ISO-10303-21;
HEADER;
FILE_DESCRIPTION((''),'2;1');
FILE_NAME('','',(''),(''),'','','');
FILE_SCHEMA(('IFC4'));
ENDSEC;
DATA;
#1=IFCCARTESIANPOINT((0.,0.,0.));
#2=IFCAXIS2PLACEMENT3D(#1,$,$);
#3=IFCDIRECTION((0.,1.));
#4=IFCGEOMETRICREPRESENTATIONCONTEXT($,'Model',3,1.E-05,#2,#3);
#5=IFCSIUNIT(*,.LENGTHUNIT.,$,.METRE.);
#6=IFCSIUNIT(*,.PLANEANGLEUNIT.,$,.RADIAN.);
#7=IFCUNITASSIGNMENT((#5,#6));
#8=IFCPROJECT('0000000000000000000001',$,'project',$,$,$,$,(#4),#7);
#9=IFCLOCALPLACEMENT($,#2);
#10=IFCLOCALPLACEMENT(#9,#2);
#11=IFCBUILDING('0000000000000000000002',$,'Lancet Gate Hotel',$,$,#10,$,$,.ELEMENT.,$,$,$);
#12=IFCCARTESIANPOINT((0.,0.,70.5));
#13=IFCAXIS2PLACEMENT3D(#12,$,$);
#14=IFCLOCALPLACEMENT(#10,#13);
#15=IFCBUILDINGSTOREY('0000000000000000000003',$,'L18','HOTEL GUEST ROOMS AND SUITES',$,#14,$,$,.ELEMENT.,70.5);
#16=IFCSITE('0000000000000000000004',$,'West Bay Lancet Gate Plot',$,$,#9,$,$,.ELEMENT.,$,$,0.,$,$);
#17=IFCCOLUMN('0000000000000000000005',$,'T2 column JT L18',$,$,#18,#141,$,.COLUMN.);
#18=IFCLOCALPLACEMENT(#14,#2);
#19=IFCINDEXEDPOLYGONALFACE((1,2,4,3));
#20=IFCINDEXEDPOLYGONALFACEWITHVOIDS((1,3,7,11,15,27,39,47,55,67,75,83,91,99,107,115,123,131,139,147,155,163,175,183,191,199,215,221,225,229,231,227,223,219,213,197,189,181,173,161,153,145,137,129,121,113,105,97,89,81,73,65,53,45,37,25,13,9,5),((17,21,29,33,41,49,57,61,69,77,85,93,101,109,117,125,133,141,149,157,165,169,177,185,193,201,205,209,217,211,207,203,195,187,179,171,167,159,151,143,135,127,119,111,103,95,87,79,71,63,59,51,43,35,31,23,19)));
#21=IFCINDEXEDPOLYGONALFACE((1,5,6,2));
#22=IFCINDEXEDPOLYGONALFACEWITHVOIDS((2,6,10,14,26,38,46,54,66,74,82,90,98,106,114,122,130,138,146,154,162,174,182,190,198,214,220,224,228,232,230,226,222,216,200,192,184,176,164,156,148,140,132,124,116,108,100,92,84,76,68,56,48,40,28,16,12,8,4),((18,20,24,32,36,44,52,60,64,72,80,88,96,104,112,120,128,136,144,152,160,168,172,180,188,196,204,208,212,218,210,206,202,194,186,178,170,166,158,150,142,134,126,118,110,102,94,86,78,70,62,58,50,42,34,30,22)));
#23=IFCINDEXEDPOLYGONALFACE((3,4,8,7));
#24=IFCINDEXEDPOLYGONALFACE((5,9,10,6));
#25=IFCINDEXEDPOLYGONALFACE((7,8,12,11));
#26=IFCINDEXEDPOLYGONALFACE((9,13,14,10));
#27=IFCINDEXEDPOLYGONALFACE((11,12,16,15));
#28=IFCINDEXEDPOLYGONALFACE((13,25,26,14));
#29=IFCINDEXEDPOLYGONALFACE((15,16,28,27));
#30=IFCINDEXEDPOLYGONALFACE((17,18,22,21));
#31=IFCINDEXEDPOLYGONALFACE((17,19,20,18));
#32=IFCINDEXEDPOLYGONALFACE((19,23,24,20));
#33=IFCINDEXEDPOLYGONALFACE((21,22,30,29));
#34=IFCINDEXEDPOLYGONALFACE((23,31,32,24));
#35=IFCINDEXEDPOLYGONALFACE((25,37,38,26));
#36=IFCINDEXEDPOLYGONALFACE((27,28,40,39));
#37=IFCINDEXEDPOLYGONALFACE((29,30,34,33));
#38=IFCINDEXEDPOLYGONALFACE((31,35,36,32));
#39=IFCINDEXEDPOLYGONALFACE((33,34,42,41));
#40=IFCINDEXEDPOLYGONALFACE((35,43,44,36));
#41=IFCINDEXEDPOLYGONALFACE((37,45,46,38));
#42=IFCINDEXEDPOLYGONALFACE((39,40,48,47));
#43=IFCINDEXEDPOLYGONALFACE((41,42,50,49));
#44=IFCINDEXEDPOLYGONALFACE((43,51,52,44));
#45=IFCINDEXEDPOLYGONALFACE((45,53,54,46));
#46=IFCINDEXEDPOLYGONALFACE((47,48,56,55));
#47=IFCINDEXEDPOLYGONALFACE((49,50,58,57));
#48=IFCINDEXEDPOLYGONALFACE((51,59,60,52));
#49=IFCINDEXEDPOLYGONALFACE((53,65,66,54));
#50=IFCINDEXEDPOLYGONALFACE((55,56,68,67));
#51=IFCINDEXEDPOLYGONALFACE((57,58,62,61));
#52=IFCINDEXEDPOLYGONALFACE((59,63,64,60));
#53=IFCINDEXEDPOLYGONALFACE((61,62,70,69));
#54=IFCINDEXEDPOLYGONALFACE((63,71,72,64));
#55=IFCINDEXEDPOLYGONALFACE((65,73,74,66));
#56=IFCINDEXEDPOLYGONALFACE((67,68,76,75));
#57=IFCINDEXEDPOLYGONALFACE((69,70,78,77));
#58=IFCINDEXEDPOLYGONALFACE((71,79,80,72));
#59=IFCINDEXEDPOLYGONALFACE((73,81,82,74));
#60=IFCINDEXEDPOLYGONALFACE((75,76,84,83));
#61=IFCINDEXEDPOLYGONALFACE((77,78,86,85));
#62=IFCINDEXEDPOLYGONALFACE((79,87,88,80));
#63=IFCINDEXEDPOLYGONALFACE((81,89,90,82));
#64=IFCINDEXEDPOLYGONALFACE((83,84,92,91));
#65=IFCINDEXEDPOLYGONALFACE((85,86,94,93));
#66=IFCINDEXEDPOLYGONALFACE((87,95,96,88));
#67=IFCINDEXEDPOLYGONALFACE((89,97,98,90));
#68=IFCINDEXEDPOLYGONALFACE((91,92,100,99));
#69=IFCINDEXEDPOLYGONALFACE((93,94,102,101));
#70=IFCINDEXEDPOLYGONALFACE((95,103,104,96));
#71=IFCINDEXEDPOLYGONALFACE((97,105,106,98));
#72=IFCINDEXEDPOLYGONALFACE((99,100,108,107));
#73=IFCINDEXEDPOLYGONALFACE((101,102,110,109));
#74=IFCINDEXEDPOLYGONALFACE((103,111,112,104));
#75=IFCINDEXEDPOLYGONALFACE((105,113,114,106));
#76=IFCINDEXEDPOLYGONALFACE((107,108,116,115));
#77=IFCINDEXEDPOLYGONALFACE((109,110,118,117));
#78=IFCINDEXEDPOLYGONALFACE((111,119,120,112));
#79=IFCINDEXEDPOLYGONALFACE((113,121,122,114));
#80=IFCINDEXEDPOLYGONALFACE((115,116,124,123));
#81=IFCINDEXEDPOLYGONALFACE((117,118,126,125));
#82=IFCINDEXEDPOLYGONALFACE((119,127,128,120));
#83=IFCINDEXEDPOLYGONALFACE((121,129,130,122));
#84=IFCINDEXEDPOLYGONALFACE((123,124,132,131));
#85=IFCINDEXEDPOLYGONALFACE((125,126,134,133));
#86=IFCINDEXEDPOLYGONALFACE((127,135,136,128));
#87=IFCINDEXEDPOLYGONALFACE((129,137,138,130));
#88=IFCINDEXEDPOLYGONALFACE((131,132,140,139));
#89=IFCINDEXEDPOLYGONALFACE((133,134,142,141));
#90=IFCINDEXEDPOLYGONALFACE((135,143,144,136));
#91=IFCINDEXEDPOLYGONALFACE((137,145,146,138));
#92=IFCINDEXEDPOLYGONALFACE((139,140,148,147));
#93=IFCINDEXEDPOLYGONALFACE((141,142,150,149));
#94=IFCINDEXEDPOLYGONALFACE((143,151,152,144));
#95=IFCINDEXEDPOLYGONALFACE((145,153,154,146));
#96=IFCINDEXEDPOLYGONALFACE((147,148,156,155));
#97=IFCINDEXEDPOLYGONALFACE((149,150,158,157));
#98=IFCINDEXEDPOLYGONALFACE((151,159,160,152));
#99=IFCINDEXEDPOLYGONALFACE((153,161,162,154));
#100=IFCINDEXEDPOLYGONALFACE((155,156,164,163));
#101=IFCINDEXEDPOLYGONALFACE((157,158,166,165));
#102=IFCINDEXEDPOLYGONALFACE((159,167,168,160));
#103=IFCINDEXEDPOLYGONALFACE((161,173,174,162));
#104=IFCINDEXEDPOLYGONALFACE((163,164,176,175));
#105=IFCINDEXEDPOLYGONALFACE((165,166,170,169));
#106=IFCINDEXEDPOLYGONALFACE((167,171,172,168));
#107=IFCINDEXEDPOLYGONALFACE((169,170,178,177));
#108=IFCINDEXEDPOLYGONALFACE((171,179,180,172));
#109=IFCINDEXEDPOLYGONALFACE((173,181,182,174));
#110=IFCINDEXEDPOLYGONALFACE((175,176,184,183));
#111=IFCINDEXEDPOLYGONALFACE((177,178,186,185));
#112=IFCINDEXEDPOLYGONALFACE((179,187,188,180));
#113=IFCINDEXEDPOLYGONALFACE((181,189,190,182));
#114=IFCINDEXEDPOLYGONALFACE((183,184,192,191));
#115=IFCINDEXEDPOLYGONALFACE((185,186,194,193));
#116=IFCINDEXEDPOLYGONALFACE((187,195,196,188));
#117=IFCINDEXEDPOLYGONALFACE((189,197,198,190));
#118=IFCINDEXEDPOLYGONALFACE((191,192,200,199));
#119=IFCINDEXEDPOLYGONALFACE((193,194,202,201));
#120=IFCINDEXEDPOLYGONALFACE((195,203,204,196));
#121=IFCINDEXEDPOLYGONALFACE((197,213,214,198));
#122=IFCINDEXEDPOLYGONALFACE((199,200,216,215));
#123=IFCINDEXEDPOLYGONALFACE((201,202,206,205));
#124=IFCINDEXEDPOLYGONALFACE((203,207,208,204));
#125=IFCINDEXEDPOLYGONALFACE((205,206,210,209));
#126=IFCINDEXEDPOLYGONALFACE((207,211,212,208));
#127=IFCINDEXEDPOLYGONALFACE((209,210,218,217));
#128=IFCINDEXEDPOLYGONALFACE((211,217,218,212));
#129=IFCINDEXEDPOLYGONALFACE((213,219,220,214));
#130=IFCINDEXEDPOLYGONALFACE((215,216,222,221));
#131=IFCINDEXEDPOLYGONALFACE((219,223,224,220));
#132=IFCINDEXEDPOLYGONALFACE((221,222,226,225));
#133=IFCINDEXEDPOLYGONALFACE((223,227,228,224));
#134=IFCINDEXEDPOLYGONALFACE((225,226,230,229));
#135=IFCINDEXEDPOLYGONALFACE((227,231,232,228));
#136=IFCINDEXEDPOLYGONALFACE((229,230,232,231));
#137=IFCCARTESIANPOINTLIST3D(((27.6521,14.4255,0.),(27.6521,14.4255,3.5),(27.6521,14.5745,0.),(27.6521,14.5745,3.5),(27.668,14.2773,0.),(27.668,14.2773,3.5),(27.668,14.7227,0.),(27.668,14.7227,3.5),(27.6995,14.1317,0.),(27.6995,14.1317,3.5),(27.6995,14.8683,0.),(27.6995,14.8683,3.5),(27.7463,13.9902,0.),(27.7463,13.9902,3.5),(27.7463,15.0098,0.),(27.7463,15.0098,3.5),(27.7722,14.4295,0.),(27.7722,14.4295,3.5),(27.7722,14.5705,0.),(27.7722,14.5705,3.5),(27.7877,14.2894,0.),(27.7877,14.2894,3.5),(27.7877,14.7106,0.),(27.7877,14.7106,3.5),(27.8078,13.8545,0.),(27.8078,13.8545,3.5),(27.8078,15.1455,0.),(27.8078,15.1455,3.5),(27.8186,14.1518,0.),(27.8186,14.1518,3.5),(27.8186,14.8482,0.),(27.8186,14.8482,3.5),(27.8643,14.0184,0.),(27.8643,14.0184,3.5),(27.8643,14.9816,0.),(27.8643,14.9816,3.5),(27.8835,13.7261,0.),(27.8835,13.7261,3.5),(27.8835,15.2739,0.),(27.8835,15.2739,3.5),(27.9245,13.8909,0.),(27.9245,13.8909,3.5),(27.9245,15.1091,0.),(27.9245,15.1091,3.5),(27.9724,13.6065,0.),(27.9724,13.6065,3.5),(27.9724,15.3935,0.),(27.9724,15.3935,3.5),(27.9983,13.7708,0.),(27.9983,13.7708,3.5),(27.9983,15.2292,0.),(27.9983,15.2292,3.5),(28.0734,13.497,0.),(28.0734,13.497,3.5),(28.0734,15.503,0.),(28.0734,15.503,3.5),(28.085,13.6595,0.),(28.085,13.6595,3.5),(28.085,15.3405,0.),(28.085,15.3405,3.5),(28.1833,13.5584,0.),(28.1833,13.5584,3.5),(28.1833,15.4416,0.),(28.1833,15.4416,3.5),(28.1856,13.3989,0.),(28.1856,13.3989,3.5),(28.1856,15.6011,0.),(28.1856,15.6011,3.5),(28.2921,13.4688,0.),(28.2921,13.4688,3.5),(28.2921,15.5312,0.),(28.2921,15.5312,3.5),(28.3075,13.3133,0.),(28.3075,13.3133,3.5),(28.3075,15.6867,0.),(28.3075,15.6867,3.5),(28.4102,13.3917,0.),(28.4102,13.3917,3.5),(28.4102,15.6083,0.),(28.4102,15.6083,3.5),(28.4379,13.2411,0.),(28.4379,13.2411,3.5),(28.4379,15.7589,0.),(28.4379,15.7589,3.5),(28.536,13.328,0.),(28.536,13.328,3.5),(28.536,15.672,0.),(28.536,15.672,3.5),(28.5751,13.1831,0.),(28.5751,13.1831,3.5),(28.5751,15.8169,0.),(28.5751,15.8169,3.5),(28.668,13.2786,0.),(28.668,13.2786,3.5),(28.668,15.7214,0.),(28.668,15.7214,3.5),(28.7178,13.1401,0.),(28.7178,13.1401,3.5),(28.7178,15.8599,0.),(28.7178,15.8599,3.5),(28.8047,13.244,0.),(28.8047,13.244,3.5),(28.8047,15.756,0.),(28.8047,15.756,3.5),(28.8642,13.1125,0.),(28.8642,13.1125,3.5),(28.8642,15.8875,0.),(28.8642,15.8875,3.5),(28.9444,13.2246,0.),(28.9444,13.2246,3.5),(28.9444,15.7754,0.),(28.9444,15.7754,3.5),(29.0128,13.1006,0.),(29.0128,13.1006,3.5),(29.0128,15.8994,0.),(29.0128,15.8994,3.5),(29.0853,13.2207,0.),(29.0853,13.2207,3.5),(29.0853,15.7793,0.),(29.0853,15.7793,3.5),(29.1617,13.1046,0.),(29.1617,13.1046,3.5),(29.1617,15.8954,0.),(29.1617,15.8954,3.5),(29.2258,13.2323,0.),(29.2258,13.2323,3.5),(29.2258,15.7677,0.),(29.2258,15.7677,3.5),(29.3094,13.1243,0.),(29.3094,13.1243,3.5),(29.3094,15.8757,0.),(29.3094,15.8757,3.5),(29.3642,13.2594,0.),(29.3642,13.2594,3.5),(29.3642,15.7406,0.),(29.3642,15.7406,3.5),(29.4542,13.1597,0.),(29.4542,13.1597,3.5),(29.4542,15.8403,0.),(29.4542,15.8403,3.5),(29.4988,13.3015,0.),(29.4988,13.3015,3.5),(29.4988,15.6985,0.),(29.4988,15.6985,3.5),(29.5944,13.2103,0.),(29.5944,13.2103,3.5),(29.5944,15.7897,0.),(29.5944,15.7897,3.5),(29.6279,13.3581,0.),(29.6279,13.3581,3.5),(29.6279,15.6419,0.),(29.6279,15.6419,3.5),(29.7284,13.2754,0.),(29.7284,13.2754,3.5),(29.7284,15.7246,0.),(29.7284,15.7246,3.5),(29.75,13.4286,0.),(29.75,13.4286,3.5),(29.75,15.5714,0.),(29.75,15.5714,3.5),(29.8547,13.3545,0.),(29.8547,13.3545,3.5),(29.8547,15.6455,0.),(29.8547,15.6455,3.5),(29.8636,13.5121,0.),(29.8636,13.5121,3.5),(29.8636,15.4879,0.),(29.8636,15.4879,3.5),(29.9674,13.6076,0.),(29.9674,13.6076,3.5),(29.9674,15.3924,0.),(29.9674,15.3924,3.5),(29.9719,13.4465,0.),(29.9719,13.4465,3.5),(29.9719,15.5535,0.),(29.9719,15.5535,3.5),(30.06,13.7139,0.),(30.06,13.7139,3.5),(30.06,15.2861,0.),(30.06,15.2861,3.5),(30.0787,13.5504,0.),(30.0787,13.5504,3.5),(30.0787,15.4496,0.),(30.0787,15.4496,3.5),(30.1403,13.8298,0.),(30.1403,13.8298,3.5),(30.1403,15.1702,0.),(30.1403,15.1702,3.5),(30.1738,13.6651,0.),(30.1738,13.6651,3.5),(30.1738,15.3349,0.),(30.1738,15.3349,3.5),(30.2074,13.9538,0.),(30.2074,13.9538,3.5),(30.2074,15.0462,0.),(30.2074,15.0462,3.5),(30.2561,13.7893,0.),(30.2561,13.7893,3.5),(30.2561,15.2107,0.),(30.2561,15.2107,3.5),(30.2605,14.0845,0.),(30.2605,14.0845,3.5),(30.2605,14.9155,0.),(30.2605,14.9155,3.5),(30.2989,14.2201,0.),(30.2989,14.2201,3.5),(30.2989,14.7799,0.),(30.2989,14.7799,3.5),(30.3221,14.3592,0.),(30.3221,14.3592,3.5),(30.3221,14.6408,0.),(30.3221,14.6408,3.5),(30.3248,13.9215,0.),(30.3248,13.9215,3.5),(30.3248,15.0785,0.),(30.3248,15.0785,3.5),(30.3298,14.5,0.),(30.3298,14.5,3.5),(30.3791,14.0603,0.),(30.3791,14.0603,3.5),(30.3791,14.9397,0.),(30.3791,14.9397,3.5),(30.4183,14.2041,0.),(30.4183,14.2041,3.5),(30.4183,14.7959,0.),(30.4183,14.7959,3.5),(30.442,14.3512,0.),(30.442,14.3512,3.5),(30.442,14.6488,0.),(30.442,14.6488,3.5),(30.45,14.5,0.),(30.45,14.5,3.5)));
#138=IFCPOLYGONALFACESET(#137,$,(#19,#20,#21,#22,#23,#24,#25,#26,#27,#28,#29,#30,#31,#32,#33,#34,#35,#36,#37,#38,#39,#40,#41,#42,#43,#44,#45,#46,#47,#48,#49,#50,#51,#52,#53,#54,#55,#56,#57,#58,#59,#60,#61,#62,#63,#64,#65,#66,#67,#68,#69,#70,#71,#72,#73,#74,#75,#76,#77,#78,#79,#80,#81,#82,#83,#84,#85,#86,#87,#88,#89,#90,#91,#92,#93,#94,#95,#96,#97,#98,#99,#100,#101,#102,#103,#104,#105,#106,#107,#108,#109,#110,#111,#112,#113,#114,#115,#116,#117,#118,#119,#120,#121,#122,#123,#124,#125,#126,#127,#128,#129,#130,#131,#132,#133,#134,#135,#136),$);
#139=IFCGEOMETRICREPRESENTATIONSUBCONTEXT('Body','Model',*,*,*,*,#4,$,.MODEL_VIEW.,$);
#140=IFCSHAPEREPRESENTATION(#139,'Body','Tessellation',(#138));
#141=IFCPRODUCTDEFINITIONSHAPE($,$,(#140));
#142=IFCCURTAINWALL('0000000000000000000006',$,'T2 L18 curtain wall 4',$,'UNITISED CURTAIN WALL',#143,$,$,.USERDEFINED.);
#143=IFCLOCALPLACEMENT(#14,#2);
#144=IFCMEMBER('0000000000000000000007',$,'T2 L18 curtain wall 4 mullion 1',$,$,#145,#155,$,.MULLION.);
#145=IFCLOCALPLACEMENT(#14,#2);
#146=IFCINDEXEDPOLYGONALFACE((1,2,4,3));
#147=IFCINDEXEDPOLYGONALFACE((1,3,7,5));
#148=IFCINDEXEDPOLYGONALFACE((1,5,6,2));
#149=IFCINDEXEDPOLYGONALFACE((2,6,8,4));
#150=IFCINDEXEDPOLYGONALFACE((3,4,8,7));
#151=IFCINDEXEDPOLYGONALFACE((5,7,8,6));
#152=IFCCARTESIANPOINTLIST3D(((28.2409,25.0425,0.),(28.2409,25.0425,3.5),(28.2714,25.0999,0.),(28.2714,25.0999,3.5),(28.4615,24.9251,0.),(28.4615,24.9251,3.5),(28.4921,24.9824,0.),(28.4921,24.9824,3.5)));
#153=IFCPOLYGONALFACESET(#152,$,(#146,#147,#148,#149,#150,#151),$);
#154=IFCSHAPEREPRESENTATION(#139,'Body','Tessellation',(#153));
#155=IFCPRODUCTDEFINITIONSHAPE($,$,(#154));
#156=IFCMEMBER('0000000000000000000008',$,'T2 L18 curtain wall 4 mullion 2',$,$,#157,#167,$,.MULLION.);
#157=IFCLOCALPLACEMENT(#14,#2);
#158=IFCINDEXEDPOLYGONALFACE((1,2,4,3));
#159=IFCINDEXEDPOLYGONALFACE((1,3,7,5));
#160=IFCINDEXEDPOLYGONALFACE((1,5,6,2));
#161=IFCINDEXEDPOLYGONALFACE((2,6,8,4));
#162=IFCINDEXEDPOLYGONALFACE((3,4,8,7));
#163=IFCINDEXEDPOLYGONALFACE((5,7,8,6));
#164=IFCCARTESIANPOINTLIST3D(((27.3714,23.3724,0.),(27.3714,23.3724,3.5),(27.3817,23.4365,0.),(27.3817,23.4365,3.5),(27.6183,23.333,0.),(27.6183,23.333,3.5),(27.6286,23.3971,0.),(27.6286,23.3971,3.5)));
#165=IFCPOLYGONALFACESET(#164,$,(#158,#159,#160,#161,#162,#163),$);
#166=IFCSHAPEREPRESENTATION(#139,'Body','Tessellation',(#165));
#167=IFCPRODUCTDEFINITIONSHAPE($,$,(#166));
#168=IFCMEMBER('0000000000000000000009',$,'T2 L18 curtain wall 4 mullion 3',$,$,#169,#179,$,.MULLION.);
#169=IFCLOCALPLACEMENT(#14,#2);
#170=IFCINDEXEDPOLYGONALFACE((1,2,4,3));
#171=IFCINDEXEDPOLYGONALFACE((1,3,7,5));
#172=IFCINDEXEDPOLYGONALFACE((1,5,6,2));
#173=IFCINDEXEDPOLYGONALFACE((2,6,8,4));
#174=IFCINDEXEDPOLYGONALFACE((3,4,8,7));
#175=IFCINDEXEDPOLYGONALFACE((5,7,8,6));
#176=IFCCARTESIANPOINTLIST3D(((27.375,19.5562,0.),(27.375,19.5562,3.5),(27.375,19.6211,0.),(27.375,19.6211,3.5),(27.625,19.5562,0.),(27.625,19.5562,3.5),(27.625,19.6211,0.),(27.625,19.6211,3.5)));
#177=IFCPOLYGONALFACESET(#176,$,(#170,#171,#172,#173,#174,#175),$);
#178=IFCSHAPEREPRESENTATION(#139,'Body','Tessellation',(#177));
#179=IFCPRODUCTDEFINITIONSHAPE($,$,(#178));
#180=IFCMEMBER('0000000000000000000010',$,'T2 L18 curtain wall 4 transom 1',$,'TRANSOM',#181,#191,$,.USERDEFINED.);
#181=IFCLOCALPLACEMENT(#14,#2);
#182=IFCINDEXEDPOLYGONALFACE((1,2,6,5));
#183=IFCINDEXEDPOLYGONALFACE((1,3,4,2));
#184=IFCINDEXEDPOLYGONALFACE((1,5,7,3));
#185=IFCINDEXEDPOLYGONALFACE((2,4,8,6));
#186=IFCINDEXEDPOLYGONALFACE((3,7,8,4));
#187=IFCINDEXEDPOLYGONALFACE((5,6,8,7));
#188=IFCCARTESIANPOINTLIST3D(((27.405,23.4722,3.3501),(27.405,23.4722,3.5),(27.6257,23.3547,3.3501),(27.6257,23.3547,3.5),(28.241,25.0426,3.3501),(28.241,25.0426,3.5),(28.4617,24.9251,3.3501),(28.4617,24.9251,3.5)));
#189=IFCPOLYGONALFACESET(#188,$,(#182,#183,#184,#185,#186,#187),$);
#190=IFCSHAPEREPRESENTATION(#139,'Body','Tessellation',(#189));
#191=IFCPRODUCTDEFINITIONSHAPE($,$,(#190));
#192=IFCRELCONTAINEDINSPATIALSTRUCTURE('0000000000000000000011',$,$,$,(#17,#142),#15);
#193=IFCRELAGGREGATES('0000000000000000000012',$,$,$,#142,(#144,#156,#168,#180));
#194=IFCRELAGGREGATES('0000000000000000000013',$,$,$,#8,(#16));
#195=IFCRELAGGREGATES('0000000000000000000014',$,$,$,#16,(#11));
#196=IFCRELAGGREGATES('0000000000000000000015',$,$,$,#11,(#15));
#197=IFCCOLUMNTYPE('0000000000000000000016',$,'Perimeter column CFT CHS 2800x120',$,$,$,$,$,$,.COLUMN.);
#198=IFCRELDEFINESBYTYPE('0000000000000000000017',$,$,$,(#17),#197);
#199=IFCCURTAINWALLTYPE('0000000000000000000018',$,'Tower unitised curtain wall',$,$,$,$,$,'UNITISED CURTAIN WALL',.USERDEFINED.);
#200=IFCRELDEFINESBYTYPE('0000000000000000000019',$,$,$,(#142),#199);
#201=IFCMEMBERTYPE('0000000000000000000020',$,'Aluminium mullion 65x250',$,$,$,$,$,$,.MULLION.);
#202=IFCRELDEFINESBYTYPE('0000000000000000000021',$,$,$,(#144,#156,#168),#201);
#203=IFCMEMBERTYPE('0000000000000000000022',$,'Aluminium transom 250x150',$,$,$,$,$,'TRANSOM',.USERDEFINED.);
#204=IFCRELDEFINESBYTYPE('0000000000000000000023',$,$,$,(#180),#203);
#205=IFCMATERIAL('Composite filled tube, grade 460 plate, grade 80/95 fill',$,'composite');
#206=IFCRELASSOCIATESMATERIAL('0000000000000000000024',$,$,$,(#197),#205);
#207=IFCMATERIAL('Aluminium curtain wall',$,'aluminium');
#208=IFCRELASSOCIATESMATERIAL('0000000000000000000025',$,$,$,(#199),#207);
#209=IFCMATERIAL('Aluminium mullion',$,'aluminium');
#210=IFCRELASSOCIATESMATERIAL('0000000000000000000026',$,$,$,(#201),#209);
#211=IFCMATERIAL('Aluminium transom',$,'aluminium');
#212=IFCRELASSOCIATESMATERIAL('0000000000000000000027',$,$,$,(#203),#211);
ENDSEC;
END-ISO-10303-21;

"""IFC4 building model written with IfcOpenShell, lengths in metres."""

from ifc_helpers import new_model, si_unit, direction, frame, origin, origin_2d, place, context, subcontext, project, spatial, rectangle, hollow_circle, extrude, material, material_profile, profile_set, type_object, element, aggregate, save


model = new_model("IFC4")

# Units and contexts
model_context = context("Model", 3, precision=1e-05, world=origin(), true_north=direction((0.0, 1.0)))
body_context = subcontext(model_context, "Body", "Model", "MODEL_VIEW")
ifc_project = project(units=[si_unit("LENGTHUNIT", "METRE"), si_unit("PLANEANGLEUNIT", "RADIAN")], contexts=[model_context])

# Site, building, storey
site_placement = place(None, origin())
site = spatial("IfcSite", under=ifc_project, at=site_placement, Name="West Bay Lancet Gate Plot", CompositionType="ELEMENT", RefElevation=0.0)
building_placement = place(site_placement, origin())
building = spatial("IfcBuilding", under=site, at=building_placement, Name="Lancet Gate Hotel", CompositionType="ELEMENT")
storey_placement = place(building_placement, frame((0.0, 0.0, 70.5)))
storey = spatial("IfcBuildingStorey", under=building, at=storey_placement, Name="L18", Description="HOTEL GUEST ROOMS AND SUITES", CompositionType="ELEMENT", Elevation=70.5)

# Column
ifc_material_1 = material(Name="Composite filled tube, grade 460 plate, grade 80/95 fill", Category="composite")
ifc_material_profile_1 = material_profile(ifc_material_1, hollow_circle(Radius=1.3999, WallThickness=0.1201, at=origin_2d()), Name="CHS 2800x120")
ifc_profile_set_1 = profile_set([ifc_material_profile_1], Name="Composite filled tube, grade 460 plate, grade 80/95 fill")
column_type = type_object("IfcColumnType", Name="Perimeter column CFT CHS 2800x120", PredefinedType="COLUMN", material=ifc_profile_set_1)
for number, where, z_axis, x_axis, name in (
    (1, (29.05, 14.5, 0.0), (0.0, 0.0, 1.0), (1.0, 0.0, 0.0), "T2 column JT L18"),
):
    element("IfcColumn", number, at=place(storey_placement, frame(where, z_axis=z_axis, x_axis=x_axis)), inside=storey, type_object=column_type, Name=name, PredefinedType="COLUMN", context=body_context, shape_type="SweptSolid", body=[
        extrude(hollow_circle(Radius=1.3999, WallThickness=0.1201, at=origin_2d()), origin(), (0.0, 0.0, 1.0), 3.5),
    ])

# Curtain wall, members
ifc_material_2 = material(Name="Aluminium curtain wall", Category="aluminium")
curtain_wall_type = type_object("IfcCurtainWallType", Name="Tower unitised curtain wall", ElementType="UNITISED CURTAIN WALL", PredefinedType="USERDEFINED", material=ifc_material_2)
curtain_wall_placement = place(storey_placement, origin())
curtain_wall = element("IfcCurtainWall", 2, at=curtain_wall_placement, inside=storey, type_object=curtain_wall_type, Name="T2 L18 curtain wall 4", ObjectType="UNITISED CURTAIN WALL", PredefinedType="USERDEFINED")
ifc_material_3 = material(Name="Aluminium mullion", Category="aluminium")
ifc_material_profile_2 = material_profile(ifc_material_3, rectangle(XDim=0.0649, YDim=0.25, at=origin_2d()), Name="MULLION 65x250")
ifc_profile_set_2 = profile_set([ifc_material_profile_2], Name="Aluminium mullion")
member_type_1 = type_object("IfcMemberType", Name="Aluminium mullion 65x250", PredefinedType="MULLION", material=ifc_profile_set_2)
member_1_placement = place(storey_placement, frame((28.3665, 25.0125, 0.0), z_axis=(0.0, 0.0, 1.0), x_axis=(-0.469898, -0.882721, 0.0)))
member_1 = element("IfcMember", 3, at=member_1_placement, type_object=member_type_1, Name="T2 L18 curtain wall 4 mullion 1", PredefinedType="MULLION", context=body_context, shape_type="SweptSolid", body=[
    extrude(rectangle(XDim=0.0649, YDim=0.25, at=origin_2d()), origin(), (0.0, 0.0, 1.0), 3.5),
])
member_2_placement = place(storey_placement, frame((27.5, 23.3848, 0.0), z_axis=(0.0, 0.0, 1.0), x_axis=(-0.157752, -0.987479, 0.0)))
member_2 = element("IfcMember", 4, at=member_2_placement, type_object=member_type_1, Name="T2 L18 curtain wall 4 mullion 2", PredefinedType="MULLION", context=body_context, shape_type="SweptSolid", body=[
    extrude(rectangle(XDim=0.0649, YDim=0.25, at=origin_2d()), origin(), (0.0, 0.0, 1.0), 3.5),
])
member_3_placement = place(storey_placement, frame((27.5, 19.5886, 0.0), z_axis=(0.0, 0.0, 1.0), x_axis=(0.0, -1.0, 0.0)))
member_3 = element("IfcMember", 5, at=member_3_placement, type_object=member_type_1, Name="T2 L18 curtain wall 4 mullion 3", PredefinedType="MULLION", context=body_context, shape_type="SweptSolid", body=[
    extrude(rectangle(XDim=0.0649, YDim=0.25, at=origin_2d()), origin(), (0.0, 0.0, 1.0), 3.5),
])
ifc_material_4 = material(Name="Aluminium transom", Category="aluminium")
ifc_material_profile_3 = material_profile(ifc_material_4, rectangle(XDim=0.25, YDim=0.1499, at=origin_2d()), Name="TRANSOM 250x150")
ifc_profile_set_3 = profile_set([ifc_material_profile_3], Name="Aluminium transom")
member_type_2 = type_object("IfcMemberType", Name="Aluminium transom 250x150", ElementType="TRANSOM", PredefinedType="USERDEFINED", material=ifc_profile_set_3)
member_4_placement = place(storey_placement, frame((28.3513, 24.9839, 3.425), z_axis=(-0.469904, -0.882717, 0.0), x_axis=(0.882717, -0.469904, 0.0)))
member_4 = element("IfcMember", 6, at=member_4_placement, type_object=member_type_2, Name="T2 L18 curtain wall 4 transom 1", ObjectType="TRANSOM", PredefinedType="USERDEFINED", context=body_context, shape_type="SweptSolid", body=[
    extrude(rectangle(XDim=0.25, YDim=0.1499, at=origin_2d()), origin(), (0.0, 0.0, 1.0), 1.7791),
])

aggregate(curtain_wall, [member_1, member_2, member_3, member_4])

save(model, "model.ifc")
